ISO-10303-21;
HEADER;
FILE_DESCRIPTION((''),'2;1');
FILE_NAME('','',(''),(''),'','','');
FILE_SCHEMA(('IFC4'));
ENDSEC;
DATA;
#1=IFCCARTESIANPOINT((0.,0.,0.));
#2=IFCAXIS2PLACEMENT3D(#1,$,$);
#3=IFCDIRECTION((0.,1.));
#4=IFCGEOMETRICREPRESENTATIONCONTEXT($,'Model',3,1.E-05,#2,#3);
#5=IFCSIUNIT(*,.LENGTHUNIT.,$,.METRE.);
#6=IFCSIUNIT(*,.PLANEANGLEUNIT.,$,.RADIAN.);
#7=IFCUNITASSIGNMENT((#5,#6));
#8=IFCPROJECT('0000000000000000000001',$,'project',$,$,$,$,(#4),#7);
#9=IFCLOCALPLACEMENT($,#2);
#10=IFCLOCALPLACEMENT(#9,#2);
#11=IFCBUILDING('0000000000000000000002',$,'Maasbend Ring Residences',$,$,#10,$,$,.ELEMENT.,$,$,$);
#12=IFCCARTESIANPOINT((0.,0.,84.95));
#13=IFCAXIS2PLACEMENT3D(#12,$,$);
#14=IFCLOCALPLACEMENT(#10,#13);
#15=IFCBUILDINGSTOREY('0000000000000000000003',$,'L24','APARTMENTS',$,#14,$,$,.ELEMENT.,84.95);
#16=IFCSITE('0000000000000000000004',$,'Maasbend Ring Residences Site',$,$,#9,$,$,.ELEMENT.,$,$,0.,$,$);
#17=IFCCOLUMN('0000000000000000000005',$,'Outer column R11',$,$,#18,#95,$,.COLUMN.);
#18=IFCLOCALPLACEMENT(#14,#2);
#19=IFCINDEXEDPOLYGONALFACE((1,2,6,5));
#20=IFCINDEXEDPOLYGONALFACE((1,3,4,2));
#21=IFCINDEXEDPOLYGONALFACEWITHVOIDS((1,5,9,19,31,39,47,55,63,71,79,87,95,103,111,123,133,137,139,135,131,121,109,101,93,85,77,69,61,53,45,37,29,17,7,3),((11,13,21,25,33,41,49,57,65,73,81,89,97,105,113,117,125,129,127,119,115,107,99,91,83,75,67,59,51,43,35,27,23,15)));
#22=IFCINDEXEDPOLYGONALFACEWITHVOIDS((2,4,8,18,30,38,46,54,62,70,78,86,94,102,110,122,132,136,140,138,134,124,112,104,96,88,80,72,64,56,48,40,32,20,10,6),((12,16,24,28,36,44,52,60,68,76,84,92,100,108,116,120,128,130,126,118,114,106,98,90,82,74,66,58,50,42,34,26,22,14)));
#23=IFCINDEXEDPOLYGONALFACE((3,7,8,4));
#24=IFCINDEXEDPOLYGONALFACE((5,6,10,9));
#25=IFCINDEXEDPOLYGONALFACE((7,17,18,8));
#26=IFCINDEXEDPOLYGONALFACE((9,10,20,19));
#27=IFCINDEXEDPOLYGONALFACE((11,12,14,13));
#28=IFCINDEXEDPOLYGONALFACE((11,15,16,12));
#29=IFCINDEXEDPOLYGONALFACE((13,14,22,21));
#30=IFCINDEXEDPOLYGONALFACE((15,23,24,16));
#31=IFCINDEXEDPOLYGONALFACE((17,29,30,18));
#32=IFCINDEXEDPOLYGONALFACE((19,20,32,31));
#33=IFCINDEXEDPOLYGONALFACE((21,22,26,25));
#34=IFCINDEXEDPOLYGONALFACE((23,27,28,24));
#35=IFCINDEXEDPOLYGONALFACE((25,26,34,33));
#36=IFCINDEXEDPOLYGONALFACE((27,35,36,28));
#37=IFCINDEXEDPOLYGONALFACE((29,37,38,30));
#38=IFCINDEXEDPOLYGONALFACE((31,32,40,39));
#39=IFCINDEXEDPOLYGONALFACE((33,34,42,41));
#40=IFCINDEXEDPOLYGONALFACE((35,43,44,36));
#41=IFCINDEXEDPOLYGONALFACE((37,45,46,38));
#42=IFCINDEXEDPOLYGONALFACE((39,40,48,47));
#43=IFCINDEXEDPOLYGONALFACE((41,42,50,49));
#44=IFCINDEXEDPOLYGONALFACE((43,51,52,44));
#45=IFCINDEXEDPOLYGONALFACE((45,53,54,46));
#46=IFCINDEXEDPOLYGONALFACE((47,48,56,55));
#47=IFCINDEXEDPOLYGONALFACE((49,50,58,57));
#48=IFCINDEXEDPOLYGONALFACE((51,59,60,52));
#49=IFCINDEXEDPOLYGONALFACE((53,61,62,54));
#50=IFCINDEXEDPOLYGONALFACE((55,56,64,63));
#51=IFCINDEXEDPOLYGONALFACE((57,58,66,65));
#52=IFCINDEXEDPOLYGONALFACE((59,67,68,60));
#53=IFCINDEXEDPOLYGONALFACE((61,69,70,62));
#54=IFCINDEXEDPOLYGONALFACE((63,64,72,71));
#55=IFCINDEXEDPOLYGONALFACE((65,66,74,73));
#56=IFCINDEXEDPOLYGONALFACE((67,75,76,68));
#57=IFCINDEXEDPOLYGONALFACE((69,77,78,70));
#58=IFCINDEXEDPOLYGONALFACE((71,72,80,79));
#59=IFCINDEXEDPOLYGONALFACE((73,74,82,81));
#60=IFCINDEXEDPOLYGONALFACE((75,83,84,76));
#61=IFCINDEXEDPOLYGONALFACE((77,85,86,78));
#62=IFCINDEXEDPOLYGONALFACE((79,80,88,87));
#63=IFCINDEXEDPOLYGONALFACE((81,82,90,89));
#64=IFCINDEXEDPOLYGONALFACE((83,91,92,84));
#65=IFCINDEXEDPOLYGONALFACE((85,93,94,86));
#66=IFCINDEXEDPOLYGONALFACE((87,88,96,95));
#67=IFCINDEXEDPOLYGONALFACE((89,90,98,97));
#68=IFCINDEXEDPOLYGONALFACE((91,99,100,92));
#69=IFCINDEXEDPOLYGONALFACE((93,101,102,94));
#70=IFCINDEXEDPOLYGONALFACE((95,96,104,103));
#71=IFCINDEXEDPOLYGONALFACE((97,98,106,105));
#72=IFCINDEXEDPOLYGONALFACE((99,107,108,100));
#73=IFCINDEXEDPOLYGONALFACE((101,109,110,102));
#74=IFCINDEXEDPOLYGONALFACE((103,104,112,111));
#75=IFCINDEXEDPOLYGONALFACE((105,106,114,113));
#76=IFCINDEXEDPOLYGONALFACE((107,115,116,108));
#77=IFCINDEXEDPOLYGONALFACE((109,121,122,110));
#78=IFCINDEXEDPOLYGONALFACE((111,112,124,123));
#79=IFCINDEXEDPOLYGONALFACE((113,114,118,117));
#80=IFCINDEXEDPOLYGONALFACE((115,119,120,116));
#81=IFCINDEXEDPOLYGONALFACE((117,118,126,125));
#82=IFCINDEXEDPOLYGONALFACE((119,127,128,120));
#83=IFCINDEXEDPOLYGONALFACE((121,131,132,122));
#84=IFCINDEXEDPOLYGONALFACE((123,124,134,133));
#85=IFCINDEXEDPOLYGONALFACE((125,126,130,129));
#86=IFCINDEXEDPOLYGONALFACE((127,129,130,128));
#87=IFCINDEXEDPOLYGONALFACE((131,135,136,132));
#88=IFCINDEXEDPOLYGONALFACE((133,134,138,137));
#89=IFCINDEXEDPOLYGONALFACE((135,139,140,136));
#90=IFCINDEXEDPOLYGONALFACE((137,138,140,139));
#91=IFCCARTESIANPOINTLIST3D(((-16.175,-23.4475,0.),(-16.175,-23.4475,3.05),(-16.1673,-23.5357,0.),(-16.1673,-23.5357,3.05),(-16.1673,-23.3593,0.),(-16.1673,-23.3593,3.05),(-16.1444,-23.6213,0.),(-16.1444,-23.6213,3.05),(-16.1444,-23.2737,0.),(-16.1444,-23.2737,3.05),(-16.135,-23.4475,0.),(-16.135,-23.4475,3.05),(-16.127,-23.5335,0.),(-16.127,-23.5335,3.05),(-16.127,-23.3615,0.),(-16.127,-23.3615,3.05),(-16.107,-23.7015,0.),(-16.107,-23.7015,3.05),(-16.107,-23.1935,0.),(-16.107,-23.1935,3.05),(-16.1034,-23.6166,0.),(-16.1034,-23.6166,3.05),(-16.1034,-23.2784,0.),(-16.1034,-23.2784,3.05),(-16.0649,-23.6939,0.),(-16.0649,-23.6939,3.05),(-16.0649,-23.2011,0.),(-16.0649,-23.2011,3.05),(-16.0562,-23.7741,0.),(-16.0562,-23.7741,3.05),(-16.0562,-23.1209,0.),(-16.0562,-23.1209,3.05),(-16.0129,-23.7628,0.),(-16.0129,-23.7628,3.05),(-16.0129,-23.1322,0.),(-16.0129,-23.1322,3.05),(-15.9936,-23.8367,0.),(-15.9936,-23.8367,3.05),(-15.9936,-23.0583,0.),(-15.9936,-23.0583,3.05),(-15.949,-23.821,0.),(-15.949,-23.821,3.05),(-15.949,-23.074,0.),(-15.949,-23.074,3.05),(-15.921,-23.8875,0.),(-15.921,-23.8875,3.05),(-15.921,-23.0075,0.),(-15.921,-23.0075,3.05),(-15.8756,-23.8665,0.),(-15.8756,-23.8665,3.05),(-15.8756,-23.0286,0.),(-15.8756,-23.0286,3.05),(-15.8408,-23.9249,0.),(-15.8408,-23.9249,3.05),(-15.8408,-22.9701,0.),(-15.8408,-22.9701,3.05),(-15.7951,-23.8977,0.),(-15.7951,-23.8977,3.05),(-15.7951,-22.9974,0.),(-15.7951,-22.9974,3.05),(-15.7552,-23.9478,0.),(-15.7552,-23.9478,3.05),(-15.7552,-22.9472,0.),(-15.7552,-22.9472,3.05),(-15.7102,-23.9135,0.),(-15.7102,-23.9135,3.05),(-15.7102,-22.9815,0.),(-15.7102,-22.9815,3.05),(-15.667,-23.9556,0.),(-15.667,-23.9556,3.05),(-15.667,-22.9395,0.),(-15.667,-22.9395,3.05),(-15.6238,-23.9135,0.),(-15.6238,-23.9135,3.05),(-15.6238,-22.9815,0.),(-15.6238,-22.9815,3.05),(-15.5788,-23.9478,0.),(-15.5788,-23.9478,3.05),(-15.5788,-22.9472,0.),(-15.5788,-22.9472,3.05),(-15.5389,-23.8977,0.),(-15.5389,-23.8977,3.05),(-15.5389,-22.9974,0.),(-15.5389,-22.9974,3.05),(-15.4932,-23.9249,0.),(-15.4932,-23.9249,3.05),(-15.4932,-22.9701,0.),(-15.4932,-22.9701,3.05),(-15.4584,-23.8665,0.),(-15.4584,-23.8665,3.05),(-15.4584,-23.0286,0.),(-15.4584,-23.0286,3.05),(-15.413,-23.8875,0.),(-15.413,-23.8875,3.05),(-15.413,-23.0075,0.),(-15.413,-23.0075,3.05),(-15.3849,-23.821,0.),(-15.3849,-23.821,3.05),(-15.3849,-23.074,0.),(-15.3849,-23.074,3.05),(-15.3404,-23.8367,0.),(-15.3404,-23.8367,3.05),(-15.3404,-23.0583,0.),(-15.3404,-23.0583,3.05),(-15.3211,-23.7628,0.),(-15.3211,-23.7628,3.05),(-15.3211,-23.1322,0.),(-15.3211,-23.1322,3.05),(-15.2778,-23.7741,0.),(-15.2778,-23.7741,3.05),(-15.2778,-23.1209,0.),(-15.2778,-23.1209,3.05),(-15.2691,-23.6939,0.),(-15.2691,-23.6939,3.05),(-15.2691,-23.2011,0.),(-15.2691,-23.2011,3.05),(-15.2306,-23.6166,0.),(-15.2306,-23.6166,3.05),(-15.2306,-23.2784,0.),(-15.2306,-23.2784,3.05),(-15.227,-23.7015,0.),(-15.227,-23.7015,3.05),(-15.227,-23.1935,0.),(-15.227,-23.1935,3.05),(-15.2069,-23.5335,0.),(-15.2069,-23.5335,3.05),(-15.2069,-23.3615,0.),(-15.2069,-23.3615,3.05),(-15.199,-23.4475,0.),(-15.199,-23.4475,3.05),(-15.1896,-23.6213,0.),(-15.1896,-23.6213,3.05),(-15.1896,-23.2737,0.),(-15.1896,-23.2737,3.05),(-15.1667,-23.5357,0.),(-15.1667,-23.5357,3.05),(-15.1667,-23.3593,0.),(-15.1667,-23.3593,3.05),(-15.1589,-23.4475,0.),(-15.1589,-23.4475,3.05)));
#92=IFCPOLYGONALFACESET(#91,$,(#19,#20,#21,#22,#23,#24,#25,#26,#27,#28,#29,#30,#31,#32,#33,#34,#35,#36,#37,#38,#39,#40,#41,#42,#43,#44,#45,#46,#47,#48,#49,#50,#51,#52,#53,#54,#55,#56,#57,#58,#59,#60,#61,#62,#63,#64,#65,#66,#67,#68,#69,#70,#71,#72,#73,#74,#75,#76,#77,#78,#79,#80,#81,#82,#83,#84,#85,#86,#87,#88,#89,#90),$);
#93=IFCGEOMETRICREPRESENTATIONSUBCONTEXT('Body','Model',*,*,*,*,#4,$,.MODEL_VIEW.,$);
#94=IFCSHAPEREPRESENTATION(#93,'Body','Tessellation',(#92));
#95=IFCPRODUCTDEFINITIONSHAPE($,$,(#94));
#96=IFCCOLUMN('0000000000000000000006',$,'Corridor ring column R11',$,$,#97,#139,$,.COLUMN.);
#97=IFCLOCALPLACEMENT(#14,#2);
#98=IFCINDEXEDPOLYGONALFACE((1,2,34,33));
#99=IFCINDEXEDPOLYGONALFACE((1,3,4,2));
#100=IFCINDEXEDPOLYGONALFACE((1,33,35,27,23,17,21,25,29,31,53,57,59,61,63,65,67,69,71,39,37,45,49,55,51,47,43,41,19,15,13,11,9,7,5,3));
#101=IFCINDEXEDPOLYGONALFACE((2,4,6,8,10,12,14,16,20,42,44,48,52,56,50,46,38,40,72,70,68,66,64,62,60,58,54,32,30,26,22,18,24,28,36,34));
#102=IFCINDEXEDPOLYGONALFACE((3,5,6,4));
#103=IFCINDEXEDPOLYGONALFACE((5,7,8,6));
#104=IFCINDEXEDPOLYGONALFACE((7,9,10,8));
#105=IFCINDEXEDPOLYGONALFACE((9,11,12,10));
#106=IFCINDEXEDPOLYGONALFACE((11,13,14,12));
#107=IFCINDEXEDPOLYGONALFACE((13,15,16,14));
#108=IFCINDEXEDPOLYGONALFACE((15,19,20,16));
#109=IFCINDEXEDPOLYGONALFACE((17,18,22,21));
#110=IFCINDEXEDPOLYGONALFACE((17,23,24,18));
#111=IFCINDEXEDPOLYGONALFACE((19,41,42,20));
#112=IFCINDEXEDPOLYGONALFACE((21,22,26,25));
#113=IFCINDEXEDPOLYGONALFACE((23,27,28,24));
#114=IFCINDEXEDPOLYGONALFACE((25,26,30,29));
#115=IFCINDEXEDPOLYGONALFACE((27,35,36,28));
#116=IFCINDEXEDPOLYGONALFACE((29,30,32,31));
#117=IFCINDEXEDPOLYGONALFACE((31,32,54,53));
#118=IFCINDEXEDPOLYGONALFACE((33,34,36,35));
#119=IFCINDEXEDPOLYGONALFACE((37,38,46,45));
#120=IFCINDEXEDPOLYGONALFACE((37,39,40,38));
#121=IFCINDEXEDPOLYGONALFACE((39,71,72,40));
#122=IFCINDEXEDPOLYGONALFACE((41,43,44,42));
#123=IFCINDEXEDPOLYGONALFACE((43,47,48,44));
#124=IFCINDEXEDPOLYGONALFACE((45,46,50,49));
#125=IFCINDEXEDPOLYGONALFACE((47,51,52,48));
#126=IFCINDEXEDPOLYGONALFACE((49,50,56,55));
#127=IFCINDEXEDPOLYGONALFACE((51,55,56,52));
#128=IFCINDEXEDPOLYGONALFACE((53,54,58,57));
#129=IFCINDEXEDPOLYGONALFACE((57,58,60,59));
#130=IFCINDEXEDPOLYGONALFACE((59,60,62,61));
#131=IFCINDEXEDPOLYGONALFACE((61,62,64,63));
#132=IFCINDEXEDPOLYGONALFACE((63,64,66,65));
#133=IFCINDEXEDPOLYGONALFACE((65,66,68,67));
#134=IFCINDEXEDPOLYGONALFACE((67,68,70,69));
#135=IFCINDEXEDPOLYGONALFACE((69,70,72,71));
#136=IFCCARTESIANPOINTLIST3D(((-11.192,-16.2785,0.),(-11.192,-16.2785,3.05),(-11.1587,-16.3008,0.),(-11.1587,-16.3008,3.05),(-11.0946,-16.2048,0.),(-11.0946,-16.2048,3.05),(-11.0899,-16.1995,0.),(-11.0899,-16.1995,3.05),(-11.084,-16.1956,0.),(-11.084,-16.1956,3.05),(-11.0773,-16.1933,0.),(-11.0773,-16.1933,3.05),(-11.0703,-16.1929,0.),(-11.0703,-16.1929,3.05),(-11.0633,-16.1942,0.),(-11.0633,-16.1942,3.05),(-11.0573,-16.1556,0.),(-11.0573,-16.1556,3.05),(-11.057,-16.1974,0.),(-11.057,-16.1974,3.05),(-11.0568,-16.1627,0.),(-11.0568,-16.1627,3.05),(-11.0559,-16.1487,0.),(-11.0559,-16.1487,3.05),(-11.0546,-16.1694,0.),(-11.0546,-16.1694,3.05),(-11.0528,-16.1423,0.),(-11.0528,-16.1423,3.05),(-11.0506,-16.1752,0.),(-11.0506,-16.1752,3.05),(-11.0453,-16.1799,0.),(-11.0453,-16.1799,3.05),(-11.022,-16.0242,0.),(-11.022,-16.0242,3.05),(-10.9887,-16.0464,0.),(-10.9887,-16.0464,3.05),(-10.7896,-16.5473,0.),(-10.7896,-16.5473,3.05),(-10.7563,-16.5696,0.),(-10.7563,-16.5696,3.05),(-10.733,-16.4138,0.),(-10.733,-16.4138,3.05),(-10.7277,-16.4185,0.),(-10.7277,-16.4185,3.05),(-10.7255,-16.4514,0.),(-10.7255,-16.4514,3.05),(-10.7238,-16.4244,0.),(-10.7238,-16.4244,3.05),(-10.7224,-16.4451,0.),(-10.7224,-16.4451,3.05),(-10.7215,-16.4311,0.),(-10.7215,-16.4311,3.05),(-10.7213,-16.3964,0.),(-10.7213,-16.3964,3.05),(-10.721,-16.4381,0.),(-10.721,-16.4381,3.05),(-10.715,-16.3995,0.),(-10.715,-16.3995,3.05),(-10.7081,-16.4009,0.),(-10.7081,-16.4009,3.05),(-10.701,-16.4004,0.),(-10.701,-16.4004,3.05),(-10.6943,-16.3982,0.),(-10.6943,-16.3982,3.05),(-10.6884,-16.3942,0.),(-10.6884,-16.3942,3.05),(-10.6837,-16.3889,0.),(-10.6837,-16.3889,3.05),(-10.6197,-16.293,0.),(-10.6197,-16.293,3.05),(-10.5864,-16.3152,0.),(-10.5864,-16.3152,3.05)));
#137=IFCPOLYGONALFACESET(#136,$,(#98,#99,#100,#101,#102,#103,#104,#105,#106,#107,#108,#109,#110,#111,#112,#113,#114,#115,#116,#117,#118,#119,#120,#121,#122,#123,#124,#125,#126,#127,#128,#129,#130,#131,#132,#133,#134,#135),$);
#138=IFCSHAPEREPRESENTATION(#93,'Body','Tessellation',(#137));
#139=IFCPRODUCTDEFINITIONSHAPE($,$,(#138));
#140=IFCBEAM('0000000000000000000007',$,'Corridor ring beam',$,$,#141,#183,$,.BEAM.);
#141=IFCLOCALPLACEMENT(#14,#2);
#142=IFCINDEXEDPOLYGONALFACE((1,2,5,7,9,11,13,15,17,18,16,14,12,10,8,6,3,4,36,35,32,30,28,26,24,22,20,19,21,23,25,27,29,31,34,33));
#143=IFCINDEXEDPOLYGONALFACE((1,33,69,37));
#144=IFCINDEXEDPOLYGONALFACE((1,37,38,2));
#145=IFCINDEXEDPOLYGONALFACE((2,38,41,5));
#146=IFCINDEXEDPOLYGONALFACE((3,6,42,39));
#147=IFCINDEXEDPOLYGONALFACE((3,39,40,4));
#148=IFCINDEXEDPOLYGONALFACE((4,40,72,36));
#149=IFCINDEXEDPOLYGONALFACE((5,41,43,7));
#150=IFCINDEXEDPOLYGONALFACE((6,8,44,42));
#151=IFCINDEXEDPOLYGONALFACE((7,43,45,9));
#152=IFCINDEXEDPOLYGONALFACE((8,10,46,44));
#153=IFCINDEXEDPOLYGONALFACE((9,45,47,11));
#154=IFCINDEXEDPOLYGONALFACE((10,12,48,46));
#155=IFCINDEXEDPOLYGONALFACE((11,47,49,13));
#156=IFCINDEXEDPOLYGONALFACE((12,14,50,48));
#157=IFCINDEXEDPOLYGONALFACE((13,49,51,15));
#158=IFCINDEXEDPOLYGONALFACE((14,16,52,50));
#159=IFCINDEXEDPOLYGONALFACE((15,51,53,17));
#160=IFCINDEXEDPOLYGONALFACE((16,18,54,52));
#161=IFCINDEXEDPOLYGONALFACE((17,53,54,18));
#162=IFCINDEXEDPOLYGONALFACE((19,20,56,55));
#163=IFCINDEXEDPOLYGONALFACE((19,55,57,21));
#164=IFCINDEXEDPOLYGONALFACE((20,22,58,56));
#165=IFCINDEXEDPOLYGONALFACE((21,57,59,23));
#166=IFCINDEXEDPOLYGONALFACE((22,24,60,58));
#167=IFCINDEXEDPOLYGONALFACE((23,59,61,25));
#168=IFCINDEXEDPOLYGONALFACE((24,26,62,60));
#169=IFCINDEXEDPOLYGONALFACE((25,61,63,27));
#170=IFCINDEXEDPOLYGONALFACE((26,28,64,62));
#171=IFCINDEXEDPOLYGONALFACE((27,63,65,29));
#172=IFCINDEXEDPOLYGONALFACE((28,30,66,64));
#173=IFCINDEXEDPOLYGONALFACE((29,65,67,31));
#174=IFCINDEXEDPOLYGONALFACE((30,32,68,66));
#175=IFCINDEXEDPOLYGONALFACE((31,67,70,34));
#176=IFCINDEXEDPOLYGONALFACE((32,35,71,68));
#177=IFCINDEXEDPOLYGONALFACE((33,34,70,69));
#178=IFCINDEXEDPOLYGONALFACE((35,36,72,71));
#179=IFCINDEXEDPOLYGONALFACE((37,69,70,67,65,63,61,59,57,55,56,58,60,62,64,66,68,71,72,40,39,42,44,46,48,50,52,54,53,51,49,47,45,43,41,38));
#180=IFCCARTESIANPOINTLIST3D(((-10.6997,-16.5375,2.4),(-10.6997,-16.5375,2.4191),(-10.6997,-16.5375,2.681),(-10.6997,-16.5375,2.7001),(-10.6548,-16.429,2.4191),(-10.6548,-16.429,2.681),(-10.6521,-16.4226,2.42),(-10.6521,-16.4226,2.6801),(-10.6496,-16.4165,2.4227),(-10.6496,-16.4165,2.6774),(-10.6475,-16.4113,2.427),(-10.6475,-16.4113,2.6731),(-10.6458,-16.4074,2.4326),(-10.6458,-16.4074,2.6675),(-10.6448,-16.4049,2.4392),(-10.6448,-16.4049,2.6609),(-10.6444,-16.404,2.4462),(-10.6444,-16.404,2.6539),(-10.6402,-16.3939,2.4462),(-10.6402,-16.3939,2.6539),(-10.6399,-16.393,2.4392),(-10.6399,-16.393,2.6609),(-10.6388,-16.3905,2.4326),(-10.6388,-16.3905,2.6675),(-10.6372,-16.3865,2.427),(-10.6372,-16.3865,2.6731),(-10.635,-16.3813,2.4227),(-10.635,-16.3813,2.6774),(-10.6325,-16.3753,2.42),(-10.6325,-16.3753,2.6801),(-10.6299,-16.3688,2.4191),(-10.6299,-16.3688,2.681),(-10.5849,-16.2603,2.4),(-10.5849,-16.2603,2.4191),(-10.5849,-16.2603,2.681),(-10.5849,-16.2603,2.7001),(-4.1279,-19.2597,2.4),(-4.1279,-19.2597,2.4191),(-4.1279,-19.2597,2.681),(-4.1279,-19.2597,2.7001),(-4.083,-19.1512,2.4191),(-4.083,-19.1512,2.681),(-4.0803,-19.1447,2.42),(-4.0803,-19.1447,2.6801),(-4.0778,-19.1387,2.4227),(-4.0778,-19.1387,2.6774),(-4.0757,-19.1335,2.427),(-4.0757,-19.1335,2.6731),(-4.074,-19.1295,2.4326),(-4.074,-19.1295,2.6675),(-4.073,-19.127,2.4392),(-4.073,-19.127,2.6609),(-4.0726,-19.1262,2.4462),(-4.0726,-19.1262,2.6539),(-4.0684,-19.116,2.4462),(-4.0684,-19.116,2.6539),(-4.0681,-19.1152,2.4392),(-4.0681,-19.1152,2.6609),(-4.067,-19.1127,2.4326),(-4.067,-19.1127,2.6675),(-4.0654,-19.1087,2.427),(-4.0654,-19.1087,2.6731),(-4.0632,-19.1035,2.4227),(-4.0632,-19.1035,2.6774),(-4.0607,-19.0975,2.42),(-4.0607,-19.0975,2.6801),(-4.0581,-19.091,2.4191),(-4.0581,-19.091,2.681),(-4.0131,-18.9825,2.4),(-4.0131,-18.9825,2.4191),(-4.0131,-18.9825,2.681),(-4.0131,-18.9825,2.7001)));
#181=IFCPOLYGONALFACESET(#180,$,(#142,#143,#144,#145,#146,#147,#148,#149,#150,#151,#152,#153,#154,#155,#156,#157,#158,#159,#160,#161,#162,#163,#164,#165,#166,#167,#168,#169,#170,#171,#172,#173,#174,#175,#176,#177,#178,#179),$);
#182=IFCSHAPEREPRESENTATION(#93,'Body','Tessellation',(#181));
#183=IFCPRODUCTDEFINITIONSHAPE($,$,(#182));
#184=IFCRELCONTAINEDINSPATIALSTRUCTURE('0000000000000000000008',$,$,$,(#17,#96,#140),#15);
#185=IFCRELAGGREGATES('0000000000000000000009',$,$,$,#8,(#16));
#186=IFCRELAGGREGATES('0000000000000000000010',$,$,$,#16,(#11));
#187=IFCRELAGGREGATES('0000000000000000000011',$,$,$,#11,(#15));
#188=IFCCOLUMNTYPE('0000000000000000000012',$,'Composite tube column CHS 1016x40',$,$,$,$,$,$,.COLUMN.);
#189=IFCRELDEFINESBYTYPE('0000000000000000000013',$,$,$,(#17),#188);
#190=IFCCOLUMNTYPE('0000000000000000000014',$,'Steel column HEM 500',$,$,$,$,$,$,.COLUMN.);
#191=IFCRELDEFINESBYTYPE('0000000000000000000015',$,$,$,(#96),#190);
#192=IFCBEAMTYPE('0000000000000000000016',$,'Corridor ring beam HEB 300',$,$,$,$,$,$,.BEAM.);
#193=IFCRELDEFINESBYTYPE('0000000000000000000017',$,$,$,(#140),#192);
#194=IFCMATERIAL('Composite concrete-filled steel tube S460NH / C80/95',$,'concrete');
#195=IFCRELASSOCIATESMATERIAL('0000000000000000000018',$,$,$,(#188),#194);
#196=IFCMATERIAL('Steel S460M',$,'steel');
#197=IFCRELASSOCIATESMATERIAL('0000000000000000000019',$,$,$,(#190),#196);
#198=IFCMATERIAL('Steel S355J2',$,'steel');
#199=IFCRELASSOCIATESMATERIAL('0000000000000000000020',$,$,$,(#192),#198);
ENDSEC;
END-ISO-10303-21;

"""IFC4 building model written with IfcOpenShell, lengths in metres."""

from ifc_helpers import new_model, si_unit, direction, frame, origin, origin_2d, place, context, subcontext, project, spatial, hollow_circle, i_section, extrude, material, material_profile, profile_set, type_object, element, save


model = new_model("IFC4")

# Units and contexts
model_context = context("Model", 3, precision=1e-05, world=origin(), true_north=direction((0.0, 1.0)))
body_context = subcontext(model_context, "Body", "Model", "MODEL_VIEW")
ifc_project = project(units=[si_unit("LENGTHUNIT", "METRE"), si_unit("PLANEANGLEUNIT", "RADIAN")], contexts=[model_context])

# Site, building, storey
site_placement = place(None, origin())
site = spatial("IfcSite", under=ifc_project, at=site_placement, Name="Maasbend Ring Residences Site", CompositionType="ELEMENT", RefElevation=0.0)
building_placement = place(site_placement, origin())
building = spatial("IfcBuilding", under=site, at=building_placement, Name="Maasbend Ring Residences", CompositionType="ELEMENT")
storey_placement = place(building_placement, frame((0.0, 0.0, 84.95)))
storey = spatial("IfcBuildingStorey", under=building, at=storey_placement, Name="L24", Description="APARTMENTS", CompositionType="ELEMENT", Elevation=84.95)

# Columns
ifc_material_1 = material(Name="Composite concrete-filled steel tube S460NH / C80/95", Category="concrete")
ifc_material_profile_1 = material_profile(ifc_material_1, hollow_circle(Radius=0.5081, WallThickness=0.04, at=origin_2d()), Name="Composite tube column CHS 1016x40")
ifc_profile_set_1 = profile_set([ifc_material_profile_1], Name="Composite concrete-filled steel tube S460NH / C80/95")
column_type_1 = type_object("IfcColumnType", Name="Composite tube column CHS 1016x40", PredefinedType="COLUMN", material=ifc_profile_set_1)
column_1_placement = place(storey_placement, frame((-15.667, -23.4475, 0.0), z_axis=(0.0, 0.0, 1.0), x_axis=(1.0, 0.0, 0.0)))
element("IfcColumn", 1, at=column_1_placement, inside=storey, type_object=column_type_1, Name="Outer column R11", PredefinedType="COLUMN", context=body_context, shape_type="SweptSolid", body=[
    extrude(hollow_circle(Radius=0.5081, WallThickness=0.04, at=origin_2d()), origin(), (0.0, 0.0, 1.0), 3.05),
])
ifc_material_2 = material(Name="Steel S460M", Category="steel")
ifc_material_profile_2 = material_profile(ifc_material_2, i_section(OverallWidth=0.3059, OverallDepth=0.5239, WebThickness=0.021, FlangeThickness=0.04, FilletRadius=0.0271, at=origin_2d()), Name="HEM 500")
ifc_profile_set_2 = profile_set([ifc_material_profile_2], Name="Steel S460M")
column_type_2 = type_object("IfcColumnType", Name="Steel column HEM 500", PredefinedType="COLUMN", material=ifc_profile_set_2)
column_2_placement = place(storey_placement, frame((-10.8892, -16.2969, 0.0), z_axis=(0.0, 0.0, 1.0), x_axis=(-0.55557, -0.83147, 0.0)))
element("IfcColumn", 2, at=column_2_placement, inside=storey, type_object=column_type_2, Name="Corridor ring column R11", PredefinedType="COLUMN", context=body_context, shape_type="SweptSolid", body=[
    extrude(i_section(OverallWidth=0.3059, OverallDepth=0.5239, WebThickness=0.021, FlangeThickness=0.04, FilletRadius=0.0271, at=origin_2d()), origin(), (0.0, 0.0, 1.0), 3.05),
])

# Beam
ifc_material_3 = material(Name="Steel S355J2", Category="steel")
ifc_material_profile_3 = material_profile(ifc_material_3, i_section(OverallWidth=0.3, OverallDepth=0.3, WebThickness=0.011, FlangeThickness=0.019, FilletRadius=0.0271, at=origin_2d()), Name="HEB 300")
ifc_profile_set_3 = profile_set([ifc_material_profile_3], Name="Steel S355J2")
beam_type_1 = type_object("IfcBeamType", Name="Corridor ring beam HEB 300", PredefinedType="BEAM", material=ifc_profile_set_3)
beam_1_placement = place(storey_placement, frame((-10.6423, -16.3989, 2.55), z_axis=(0.923877, -0.382689, 0.0), x_axis=(0.382689, 0.923877, 0.0)))
element("IfcBeam", 3, at=beam_1_placement, inside=storey, type_object=beam_type_1, Name="Corridor ring beam", PredefinedType="BEAM", context=body_context, shape_type="SweptSolid", body=[
    extrude(i_section(OverallWidth=0.3, OverallDepth=0.3, WebThickness=0.011, FlangeThickness=0.019, FilletRadius=0.0271, at=origin_2d()), origin(), (0.0, 0.0, 1.0), 7.1133),
])

save(model, "model.ifc")
